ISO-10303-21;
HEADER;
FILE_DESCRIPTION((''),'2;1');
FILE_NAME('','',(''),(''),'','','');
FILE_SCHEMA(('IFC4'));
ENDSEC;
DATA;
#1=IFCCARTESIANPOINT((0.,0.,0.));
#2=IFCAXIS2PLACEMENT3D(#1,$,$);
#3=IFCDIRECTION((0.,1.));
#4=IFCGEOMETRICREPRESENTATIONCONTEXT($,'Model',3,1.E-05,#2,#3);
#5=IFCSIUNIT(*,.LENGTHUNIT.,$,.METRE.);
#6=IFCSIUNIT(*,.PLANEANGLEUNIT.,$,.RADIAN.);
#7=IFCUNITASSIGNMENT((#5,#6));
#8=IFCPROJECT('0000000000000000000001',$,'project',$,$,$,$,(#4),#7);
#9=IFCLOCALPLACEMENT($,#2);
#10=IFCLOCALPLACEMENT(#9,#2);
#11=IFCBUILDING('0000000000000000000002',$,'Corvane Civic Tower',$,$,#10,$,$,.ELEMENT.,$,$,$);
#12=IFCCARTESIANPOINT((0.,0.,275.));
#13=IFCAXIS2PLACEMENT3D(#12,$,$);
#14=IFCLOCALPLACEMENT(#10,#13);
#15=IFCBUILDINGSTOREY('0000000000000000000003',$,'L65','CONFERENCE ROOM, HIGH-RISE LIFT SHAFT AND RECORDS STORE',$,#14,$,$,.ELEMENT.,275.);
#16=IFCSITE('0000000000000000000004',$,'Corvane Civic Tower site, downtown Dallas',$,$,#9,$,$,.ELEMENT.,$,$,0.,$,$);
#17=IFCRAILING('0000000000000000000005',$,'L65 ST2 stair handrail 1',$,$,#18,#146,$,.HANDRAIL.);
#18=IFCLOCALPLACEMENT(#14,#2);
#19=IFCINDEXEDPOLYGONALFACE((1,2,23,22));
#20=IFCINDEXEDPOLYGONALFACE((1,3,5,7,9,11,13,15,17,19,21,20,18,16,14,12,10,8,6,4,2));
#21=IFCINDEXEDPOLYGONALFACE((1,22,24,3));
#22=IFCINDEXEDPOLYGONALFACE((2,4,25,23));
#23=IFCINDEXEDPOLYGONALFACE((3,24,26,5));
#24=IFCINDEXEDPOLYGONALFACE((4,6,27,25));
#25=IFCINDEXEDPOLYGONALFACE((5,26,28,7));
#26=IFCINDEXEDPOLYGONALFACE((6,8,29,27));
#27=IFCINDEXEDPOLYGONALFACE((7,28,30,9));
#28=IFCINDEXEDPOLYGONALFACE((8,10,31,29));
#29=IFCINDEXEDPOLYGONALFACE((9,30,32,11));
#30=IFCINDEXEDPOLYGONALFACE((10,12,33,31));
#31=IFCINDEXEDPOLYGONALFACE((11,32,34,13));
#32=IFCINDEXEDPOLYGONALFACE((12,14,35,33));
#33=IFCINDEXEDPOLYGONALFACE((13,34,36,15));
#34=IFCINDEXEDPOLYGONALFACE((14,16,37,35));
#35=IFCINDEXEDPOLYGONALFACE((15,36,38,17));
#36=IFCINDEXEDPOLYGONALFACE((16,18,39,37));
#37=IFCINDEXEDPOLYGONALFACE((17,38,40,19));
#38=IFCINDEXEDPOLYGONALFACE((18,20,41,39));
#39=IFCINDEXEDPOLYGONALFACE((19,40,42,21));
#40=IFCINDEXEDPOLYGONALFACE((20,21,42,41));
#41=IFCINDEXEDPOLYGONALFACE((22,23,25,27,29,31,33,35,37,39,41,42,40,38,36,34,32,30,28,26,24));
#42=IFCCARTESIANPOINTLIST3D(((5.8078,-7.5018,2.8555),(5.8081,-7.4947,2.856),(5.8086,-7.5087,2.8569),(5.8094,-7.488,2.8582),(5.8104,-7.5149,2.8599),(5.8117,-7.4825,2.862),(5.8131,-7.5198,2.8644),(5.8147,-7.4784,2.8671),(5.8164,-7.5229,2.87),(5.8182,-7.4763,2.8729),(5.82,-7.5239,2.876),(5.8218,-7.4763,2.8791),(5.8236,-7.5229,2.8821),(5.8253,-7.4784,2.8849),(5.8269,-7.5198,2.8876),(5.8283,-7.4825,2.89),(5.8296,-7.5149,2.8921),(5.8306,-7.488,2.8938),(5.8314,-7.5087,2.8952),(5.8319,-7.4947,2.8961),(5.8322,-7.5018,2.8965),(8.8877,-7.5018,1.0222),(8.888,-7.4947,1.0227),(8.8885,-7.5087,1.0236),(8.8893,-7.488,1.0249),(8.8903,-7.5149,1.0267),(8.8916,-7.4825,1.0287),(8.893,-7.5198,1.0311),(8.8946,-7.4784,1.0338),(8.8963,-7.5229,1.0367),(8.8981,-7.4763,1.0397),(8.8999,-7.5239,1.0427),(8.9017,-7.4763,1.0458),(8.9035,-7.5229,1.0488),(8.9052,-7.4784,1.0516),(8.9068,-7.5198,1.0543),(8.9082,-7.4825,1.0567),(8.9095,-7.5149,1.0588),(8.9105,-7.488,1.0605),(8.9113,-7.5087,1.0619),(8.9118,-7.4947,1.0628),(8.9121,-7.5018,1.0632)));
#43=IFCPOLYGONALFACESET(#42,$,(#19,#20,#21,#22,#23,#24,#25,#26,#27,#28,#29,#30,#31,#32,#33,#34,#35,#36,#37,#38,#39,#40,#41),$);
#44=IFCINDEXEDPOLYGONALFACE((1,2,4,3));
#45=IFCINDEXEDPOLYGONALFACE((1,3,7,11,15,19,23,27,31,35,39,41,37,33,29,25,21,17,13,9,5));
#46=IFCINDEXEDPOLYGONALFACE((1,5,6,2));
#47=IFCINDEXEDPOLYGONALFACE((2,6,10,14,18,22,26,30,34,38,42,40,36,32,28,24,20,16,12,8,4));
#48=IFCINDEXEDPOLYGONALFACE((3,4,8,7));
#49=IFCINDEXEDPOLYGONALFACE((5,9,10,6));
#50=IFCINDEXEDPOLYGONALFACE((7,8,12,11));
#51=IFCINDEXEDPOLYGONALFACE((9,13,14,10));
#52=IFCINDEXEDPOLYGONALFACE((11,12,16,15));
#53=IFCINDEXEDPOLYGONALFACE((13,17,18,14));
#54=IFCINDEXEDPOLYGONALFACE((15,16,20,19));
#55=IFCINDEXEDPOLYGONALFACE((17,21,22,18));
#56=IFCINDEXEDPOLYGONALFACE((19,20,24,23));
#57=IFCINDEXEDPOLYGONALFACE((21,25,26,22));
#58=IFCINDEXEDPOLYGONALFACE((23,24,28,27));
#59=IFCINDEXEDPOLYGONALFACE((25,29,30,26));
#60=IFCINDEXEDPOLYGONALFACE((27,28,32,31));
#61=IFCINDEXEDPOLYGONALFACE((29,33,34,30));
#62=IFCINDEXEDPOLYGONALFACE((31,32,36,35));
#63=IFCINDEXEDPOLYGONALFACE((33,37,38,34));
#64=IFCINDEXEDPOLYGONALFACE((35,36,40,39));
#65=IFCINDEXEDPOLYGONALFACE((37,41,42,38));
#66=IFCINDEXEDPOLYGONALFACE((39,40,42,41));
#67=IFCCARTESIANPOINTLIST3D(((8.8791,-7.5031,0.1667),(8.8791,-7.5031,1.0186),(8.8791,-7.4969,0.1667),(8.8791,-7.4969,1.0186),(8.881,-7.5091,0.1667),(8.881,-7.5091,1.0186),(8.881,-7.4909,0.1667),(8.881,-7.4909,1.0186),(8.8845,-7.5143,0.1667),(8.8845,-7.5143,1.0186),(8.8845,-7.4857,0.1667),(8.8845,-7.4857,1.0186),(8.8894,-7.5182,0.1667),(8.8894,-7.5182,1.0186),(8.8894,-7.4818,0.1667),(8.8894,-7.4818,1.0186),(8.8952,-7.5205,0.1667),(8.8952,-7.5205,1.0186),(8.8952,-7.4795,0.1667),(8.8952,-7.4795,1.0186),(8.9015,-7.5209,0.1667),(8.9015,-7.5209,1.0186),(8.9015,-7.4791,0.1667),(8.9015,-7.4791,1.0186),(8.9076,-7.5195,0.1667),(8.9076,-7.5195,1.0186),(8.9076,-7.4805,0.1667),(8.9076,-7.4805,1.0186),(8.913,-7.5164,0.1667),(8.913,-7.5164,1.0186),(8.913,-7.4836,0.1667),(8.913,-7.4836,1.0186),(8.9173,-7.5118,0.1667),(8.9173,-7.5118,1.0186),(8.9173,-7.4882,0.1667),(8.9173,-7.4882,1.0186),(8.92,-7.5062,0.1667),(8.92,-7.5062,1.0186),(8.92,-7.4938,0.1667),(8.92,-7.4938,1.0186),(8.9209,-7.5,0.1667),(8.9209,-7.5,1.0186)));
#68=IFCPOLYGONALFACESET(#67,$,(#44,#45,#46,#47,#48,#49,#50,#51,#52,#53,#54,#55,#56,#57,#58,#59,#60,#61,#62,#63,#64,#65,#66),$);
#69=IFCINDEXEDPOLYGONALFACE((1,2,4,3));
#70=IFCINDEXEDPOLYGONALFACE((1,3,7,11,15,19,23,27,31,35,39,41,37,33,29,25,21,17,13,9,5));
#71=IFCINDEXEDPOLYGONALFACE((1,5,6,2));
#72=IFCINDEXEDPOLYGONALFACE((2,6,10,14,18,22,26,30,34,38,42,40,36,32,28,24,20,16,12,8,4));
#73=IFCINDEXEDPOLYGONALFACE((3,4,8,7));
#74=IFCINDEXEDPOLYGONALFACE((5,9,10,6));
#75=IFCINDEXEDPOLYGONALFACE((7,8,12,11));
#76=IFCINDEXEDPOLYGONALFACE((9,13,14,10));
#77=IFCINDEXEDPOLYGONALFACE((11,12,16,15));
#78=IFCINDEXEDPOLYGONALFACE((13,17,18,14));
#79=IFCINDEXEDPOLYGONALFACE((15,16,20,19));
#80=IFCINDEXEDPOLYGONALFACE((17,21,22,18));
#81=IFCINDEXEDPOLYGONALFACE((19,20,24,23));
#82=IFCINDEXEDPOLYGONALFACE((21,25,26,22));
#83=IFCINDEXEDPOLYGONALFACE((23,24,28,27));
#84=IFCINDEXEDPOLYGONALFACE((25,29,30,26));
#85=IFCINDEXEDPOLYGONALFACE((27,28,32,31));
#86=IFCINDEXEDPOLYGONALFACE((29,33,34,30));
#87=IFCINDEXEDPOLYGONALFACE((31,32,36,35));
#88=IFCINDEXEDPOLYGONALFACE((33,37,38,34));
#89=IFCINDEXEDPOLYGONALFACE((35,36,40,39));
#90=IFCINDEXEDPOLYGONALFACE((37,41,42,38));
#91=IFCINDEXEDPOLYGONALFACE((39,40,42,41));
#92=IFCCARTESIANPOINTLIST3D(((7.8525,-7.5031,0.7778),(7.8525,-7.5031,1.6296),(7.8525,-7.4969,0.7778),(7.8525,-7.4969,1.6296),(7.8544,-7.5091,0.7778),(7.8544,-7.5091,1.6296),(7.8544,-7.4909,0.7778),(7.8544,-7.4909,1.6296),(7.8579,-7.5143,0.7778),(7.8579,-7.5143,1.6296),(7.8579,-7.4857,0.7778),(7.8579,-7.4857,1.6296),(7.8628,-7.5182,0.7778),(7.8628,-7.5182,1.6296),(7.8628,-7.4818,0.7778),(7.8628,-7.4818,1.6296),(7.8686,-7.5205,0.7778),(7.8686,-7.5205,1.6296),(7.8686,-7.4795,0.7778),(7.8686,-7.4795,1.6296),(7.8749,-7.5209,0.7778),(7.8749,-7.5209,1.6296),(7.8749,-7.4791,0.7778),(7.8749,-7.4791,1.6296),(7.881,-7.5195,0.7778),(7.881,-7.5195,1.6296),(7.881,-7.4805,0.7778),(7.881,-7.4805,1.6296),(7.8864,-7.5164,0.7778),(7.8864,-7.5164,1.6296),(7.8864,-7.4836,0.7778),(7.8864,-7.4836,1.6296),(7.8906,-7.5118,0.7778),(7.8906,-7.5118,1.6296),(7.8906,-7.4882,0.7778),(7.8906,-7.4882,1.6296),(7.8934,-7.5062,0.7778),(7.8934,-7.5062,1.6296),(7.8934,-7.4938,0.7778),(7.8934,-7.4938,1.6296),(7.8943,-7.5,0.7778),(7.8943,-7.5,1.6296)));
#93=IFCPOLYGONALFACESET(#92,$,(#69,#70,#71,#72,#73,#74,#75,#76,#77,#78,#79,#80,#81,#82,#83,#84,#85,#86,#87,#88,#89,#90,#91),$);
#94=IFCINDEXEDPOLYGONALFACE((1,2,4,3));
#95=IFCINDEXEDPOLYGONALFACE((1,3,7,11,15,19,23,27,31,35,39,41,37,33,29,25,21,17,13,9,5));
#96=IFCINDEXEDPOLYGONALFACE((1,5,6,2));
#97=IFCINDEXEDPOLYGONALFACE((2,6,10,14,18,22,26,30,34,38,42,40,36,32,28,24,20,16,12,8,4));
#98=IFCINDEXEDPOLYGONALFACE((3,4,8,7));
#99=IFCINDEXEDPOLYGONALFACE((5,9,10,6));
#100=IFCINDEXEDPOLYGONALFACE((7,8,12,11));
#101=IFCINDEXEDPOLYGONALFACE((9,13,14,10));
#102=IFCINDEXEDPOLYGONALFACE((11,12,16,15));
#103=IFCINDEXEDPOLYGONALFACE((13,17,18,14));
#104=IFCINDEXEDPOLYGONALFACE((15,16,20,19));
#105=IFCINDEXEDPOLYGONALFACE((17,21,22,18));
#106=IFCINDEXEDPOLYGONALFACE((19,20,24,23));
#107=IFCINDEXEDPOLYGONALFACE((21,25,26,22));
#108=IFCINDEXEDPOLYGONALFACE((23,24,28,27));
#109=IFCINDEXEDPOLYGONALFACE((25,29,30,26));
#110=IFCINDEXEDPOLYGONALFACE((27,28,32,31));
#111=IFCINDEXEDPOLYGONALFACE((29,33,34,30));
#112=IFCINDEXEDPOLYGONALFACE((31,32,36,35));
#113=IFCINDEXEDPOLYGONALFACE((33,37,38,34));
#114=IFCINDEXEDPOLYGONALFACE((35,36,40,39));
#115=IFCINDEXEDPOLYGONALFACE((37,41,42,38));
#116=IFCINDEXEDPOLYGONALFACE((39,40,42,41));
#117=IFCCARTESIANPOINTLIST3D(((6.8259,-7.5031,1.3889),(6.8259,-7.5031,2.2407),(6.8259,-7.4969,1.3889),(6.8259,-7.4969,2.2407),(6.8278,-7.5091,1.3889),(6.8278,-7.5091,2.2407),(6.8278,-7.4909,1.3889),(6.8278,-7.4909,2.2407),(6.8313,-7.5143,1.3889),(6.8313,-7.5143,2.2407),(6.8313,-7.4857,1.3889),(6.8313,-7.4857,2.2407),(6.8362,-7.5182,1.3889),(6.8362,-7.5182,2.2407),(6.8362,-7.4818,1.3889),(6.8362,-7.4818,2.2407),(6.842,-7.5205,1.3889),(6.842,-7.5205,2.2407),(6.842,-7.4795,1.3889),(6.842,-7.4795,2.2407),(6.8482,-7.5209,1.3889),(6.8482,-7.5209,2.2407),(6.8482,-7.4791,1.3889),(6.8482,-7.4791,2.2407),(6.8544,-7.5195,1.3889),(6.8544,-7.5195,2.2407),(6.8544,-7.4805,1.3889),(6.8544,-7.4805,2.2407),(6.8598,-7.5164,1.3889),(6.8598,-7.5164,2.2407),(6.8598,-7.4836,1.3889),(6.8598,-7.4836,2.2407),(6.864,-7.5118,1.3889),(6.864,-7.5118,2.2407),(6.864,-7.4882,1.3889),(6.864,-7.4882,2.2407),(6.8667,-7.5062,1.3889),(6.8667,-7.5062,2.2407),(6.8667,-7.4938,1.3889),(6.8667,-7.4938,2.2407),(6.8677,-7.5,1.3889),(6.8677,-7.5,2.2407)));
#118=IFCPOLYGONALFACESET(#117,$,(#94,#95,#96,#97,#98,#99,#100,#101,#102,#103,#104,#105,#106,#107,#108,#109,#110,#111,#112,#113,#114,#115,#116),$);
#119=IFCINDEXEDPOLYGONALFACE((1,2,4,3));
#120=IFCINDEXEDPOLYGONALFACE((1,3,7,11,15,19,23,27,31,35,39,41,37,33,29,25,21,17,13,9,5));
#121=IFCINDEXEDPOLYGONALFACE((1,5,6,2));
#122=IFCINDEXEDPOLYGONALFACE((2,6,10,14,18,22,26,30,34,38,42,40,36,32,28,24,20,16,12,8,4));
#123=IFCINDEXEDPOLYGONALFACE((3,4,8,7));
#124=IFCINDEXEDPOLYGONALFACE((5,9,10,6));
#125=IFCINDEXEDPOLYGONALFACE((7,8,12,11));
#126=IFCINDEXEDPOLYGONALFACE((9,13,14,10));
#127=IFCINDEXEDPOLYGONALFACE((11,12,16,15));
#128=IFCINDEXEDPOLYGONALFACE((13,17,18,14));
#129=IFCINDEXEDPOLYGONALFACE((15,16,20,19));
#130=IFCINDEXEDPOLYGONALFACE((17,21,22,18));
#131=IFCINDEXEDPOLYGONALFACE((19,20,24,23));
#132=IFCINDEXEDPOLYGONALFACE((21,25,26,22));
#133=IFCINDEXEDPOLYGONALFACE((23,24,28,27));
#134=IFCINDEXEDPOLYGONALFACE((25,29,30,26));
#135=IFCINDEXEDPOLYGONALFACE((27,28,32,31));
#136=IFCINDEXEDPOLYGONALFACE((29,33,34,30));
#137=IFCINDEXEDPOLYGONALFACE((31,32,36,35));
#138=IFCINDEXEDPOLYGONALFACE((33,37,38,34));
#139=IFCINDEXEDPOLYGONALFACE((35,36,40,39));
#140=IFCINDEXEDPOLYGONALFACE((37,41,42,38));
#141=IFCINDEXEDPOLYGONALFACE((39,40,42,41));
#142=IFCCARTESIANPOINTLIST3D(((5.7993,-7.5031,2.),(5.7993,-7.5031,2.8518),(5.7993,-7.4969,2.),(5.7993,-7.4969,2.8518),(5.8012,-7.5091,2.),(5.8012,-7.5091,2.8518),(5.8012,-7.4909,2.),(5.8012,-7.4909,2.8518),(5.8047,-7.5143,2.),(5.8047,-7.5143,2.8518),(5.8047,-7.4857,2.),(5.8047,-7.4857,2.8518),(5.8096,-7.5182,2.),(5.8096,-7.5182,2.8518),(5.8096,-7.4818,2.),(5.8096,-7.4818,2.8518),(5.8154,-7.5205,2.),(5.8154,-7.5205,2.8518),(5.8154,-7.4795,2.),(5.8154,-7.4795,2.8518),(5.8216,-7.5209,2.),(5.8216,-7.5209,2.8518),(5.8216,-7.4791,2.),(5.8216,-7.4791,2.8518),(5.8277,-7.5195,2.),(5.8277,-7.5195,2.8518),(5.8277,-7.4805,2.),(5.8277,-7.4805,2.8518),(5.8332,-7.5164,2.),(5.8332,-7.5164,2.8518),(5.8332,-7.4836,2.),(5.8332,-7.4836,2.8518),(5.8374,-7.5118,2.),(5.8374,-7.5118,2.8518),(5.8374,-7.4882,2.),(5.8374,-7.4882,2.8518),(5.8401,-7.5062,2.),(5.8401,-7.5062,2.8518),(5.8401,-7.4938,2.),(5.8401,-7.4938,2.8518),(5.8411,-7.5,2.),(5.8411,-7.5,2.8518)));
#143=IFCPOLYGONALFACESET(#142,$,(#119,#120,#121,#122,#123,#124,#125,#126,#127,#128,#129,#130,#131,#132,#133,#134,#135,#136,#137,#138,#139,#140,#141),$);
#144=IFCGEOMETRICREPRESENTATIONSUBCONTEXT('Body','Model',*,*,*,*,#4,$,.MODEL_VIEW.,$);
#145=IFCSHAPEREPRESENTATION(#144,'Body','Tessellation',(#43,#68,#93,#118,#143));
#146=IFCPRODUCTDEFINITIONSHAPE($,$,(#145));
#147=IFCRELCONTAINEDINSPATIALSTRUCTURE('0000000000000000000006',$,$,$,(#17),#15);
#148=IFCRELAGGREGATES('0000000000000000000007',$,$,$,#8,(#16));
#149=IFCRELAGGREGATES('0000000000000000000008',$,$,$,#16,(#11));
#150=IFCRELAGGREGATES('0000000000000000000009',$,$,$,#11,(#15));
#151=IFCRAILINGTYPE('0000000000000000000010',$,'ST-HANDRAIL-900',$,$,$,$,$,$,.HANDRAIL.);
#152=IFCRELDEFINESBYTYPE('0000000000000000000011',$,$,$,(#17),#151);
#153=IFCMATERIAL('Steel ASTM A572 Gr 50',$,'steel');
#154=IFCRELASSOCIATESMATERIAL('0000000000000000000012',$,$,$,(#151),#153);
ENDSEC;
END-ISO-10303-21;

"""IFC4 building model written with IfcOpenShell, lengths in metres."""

from ifc_helpers import new_model, si_unit, direction, frame, origin, origin_2d, place, context, subcontext, project, spatial, circle, extrude, material, type_object, element, save


model = new_model("IFC4")

# Units and contexts
model_context = context("Model", 3, precision=1e-05, world=origin(), true_north=direction((0.0, 1.0)))
body_context = subcontext(model_context, "Body", "Model", "MODEL_VIEW")
ifc_project = project(units=[si_unit("LENGTHUNIT", "METRE"), si_unit("PLANEANGLEUNIT", "RADIAN")], contexts=[model_context])

# Site, building, storey
site_placement = place(None, origin())
site = spatial("IfcSite", under=ifc_project, at=site_placement, Name="Corvane Civic Tower site, downtown Dallas", CompositionType="ELEMENT", RefElevation=0.0)
building_placement = place(site_placement, origin())
building = spatial("IfcBuilding", under=site, at=building_placement, Name="Corvane Civic Tower", CompositionType="ELEMENT")
storey_placement = place(building_placement, frame((0.0, 0.0, 275.0)))
storey = spatial("IfcBuildingStorey", under=building, at=storey_placement, Name="L65", Description="CONFERENCE ROOM, HIGH-RISE LIFT SHAFT AND RECORDS STORE", CompositionType="ELEMENT", Elevation=275.0)

# Railing
ifc_material_1 = material(Name="Steel ASTM A572 Gr 50", Category="steel")
railing_type_1 = type_object("IfcRailingType", Name="ST-HANDRAIL-900", PredefinedType="HANDRAIL", material=ifc_material_1)
railing_1_placement = place(storey_placement, frame((8.8999, -7.5, 0.1667)))
element("IfcRailing", 1, at=railing_1_placement, inside=storey, type_object=railing_type_1, Name="L65 ST2 stair handrail 1", PredefinedType="HANDRAIL", context=body_context, shape_type="SweptSolid", body=[
    extrude(circle(Radius=0.0239, at=origin_2d()), frame((0.0, 0.0, 0.876), z_axis=(-0.859291, 0.0, 0.511487), x_axis=(0.0, -1.0, 0.0)), (0.0, 0.0, 1.0), 3.5842),
    extrude(circle(Radius=0.021, at=origin_2d()), origin(), (0.0, 0.0, 1.0), 0.8518),
    extrude(circle(Radius=0.021, at=origin_2d()), frame((-1.0266, 0.0, 0.6111)), (0.0, 0.0, 1.0), 0.8518),
    extrude(circle(Radius=0.021, at=origin_2d()), frame((-2.0532, 0.0, 1.2222)), (0.0, 0.0, 1.0), 0.8518),
    extrude(circle(Radius=0.021, at=origin_2d()), frame((-3.0798, 0.0, 1.8333)), (0.0, 0.0, 1.0), 0.8518),
])

save(model, "model.ifc")
